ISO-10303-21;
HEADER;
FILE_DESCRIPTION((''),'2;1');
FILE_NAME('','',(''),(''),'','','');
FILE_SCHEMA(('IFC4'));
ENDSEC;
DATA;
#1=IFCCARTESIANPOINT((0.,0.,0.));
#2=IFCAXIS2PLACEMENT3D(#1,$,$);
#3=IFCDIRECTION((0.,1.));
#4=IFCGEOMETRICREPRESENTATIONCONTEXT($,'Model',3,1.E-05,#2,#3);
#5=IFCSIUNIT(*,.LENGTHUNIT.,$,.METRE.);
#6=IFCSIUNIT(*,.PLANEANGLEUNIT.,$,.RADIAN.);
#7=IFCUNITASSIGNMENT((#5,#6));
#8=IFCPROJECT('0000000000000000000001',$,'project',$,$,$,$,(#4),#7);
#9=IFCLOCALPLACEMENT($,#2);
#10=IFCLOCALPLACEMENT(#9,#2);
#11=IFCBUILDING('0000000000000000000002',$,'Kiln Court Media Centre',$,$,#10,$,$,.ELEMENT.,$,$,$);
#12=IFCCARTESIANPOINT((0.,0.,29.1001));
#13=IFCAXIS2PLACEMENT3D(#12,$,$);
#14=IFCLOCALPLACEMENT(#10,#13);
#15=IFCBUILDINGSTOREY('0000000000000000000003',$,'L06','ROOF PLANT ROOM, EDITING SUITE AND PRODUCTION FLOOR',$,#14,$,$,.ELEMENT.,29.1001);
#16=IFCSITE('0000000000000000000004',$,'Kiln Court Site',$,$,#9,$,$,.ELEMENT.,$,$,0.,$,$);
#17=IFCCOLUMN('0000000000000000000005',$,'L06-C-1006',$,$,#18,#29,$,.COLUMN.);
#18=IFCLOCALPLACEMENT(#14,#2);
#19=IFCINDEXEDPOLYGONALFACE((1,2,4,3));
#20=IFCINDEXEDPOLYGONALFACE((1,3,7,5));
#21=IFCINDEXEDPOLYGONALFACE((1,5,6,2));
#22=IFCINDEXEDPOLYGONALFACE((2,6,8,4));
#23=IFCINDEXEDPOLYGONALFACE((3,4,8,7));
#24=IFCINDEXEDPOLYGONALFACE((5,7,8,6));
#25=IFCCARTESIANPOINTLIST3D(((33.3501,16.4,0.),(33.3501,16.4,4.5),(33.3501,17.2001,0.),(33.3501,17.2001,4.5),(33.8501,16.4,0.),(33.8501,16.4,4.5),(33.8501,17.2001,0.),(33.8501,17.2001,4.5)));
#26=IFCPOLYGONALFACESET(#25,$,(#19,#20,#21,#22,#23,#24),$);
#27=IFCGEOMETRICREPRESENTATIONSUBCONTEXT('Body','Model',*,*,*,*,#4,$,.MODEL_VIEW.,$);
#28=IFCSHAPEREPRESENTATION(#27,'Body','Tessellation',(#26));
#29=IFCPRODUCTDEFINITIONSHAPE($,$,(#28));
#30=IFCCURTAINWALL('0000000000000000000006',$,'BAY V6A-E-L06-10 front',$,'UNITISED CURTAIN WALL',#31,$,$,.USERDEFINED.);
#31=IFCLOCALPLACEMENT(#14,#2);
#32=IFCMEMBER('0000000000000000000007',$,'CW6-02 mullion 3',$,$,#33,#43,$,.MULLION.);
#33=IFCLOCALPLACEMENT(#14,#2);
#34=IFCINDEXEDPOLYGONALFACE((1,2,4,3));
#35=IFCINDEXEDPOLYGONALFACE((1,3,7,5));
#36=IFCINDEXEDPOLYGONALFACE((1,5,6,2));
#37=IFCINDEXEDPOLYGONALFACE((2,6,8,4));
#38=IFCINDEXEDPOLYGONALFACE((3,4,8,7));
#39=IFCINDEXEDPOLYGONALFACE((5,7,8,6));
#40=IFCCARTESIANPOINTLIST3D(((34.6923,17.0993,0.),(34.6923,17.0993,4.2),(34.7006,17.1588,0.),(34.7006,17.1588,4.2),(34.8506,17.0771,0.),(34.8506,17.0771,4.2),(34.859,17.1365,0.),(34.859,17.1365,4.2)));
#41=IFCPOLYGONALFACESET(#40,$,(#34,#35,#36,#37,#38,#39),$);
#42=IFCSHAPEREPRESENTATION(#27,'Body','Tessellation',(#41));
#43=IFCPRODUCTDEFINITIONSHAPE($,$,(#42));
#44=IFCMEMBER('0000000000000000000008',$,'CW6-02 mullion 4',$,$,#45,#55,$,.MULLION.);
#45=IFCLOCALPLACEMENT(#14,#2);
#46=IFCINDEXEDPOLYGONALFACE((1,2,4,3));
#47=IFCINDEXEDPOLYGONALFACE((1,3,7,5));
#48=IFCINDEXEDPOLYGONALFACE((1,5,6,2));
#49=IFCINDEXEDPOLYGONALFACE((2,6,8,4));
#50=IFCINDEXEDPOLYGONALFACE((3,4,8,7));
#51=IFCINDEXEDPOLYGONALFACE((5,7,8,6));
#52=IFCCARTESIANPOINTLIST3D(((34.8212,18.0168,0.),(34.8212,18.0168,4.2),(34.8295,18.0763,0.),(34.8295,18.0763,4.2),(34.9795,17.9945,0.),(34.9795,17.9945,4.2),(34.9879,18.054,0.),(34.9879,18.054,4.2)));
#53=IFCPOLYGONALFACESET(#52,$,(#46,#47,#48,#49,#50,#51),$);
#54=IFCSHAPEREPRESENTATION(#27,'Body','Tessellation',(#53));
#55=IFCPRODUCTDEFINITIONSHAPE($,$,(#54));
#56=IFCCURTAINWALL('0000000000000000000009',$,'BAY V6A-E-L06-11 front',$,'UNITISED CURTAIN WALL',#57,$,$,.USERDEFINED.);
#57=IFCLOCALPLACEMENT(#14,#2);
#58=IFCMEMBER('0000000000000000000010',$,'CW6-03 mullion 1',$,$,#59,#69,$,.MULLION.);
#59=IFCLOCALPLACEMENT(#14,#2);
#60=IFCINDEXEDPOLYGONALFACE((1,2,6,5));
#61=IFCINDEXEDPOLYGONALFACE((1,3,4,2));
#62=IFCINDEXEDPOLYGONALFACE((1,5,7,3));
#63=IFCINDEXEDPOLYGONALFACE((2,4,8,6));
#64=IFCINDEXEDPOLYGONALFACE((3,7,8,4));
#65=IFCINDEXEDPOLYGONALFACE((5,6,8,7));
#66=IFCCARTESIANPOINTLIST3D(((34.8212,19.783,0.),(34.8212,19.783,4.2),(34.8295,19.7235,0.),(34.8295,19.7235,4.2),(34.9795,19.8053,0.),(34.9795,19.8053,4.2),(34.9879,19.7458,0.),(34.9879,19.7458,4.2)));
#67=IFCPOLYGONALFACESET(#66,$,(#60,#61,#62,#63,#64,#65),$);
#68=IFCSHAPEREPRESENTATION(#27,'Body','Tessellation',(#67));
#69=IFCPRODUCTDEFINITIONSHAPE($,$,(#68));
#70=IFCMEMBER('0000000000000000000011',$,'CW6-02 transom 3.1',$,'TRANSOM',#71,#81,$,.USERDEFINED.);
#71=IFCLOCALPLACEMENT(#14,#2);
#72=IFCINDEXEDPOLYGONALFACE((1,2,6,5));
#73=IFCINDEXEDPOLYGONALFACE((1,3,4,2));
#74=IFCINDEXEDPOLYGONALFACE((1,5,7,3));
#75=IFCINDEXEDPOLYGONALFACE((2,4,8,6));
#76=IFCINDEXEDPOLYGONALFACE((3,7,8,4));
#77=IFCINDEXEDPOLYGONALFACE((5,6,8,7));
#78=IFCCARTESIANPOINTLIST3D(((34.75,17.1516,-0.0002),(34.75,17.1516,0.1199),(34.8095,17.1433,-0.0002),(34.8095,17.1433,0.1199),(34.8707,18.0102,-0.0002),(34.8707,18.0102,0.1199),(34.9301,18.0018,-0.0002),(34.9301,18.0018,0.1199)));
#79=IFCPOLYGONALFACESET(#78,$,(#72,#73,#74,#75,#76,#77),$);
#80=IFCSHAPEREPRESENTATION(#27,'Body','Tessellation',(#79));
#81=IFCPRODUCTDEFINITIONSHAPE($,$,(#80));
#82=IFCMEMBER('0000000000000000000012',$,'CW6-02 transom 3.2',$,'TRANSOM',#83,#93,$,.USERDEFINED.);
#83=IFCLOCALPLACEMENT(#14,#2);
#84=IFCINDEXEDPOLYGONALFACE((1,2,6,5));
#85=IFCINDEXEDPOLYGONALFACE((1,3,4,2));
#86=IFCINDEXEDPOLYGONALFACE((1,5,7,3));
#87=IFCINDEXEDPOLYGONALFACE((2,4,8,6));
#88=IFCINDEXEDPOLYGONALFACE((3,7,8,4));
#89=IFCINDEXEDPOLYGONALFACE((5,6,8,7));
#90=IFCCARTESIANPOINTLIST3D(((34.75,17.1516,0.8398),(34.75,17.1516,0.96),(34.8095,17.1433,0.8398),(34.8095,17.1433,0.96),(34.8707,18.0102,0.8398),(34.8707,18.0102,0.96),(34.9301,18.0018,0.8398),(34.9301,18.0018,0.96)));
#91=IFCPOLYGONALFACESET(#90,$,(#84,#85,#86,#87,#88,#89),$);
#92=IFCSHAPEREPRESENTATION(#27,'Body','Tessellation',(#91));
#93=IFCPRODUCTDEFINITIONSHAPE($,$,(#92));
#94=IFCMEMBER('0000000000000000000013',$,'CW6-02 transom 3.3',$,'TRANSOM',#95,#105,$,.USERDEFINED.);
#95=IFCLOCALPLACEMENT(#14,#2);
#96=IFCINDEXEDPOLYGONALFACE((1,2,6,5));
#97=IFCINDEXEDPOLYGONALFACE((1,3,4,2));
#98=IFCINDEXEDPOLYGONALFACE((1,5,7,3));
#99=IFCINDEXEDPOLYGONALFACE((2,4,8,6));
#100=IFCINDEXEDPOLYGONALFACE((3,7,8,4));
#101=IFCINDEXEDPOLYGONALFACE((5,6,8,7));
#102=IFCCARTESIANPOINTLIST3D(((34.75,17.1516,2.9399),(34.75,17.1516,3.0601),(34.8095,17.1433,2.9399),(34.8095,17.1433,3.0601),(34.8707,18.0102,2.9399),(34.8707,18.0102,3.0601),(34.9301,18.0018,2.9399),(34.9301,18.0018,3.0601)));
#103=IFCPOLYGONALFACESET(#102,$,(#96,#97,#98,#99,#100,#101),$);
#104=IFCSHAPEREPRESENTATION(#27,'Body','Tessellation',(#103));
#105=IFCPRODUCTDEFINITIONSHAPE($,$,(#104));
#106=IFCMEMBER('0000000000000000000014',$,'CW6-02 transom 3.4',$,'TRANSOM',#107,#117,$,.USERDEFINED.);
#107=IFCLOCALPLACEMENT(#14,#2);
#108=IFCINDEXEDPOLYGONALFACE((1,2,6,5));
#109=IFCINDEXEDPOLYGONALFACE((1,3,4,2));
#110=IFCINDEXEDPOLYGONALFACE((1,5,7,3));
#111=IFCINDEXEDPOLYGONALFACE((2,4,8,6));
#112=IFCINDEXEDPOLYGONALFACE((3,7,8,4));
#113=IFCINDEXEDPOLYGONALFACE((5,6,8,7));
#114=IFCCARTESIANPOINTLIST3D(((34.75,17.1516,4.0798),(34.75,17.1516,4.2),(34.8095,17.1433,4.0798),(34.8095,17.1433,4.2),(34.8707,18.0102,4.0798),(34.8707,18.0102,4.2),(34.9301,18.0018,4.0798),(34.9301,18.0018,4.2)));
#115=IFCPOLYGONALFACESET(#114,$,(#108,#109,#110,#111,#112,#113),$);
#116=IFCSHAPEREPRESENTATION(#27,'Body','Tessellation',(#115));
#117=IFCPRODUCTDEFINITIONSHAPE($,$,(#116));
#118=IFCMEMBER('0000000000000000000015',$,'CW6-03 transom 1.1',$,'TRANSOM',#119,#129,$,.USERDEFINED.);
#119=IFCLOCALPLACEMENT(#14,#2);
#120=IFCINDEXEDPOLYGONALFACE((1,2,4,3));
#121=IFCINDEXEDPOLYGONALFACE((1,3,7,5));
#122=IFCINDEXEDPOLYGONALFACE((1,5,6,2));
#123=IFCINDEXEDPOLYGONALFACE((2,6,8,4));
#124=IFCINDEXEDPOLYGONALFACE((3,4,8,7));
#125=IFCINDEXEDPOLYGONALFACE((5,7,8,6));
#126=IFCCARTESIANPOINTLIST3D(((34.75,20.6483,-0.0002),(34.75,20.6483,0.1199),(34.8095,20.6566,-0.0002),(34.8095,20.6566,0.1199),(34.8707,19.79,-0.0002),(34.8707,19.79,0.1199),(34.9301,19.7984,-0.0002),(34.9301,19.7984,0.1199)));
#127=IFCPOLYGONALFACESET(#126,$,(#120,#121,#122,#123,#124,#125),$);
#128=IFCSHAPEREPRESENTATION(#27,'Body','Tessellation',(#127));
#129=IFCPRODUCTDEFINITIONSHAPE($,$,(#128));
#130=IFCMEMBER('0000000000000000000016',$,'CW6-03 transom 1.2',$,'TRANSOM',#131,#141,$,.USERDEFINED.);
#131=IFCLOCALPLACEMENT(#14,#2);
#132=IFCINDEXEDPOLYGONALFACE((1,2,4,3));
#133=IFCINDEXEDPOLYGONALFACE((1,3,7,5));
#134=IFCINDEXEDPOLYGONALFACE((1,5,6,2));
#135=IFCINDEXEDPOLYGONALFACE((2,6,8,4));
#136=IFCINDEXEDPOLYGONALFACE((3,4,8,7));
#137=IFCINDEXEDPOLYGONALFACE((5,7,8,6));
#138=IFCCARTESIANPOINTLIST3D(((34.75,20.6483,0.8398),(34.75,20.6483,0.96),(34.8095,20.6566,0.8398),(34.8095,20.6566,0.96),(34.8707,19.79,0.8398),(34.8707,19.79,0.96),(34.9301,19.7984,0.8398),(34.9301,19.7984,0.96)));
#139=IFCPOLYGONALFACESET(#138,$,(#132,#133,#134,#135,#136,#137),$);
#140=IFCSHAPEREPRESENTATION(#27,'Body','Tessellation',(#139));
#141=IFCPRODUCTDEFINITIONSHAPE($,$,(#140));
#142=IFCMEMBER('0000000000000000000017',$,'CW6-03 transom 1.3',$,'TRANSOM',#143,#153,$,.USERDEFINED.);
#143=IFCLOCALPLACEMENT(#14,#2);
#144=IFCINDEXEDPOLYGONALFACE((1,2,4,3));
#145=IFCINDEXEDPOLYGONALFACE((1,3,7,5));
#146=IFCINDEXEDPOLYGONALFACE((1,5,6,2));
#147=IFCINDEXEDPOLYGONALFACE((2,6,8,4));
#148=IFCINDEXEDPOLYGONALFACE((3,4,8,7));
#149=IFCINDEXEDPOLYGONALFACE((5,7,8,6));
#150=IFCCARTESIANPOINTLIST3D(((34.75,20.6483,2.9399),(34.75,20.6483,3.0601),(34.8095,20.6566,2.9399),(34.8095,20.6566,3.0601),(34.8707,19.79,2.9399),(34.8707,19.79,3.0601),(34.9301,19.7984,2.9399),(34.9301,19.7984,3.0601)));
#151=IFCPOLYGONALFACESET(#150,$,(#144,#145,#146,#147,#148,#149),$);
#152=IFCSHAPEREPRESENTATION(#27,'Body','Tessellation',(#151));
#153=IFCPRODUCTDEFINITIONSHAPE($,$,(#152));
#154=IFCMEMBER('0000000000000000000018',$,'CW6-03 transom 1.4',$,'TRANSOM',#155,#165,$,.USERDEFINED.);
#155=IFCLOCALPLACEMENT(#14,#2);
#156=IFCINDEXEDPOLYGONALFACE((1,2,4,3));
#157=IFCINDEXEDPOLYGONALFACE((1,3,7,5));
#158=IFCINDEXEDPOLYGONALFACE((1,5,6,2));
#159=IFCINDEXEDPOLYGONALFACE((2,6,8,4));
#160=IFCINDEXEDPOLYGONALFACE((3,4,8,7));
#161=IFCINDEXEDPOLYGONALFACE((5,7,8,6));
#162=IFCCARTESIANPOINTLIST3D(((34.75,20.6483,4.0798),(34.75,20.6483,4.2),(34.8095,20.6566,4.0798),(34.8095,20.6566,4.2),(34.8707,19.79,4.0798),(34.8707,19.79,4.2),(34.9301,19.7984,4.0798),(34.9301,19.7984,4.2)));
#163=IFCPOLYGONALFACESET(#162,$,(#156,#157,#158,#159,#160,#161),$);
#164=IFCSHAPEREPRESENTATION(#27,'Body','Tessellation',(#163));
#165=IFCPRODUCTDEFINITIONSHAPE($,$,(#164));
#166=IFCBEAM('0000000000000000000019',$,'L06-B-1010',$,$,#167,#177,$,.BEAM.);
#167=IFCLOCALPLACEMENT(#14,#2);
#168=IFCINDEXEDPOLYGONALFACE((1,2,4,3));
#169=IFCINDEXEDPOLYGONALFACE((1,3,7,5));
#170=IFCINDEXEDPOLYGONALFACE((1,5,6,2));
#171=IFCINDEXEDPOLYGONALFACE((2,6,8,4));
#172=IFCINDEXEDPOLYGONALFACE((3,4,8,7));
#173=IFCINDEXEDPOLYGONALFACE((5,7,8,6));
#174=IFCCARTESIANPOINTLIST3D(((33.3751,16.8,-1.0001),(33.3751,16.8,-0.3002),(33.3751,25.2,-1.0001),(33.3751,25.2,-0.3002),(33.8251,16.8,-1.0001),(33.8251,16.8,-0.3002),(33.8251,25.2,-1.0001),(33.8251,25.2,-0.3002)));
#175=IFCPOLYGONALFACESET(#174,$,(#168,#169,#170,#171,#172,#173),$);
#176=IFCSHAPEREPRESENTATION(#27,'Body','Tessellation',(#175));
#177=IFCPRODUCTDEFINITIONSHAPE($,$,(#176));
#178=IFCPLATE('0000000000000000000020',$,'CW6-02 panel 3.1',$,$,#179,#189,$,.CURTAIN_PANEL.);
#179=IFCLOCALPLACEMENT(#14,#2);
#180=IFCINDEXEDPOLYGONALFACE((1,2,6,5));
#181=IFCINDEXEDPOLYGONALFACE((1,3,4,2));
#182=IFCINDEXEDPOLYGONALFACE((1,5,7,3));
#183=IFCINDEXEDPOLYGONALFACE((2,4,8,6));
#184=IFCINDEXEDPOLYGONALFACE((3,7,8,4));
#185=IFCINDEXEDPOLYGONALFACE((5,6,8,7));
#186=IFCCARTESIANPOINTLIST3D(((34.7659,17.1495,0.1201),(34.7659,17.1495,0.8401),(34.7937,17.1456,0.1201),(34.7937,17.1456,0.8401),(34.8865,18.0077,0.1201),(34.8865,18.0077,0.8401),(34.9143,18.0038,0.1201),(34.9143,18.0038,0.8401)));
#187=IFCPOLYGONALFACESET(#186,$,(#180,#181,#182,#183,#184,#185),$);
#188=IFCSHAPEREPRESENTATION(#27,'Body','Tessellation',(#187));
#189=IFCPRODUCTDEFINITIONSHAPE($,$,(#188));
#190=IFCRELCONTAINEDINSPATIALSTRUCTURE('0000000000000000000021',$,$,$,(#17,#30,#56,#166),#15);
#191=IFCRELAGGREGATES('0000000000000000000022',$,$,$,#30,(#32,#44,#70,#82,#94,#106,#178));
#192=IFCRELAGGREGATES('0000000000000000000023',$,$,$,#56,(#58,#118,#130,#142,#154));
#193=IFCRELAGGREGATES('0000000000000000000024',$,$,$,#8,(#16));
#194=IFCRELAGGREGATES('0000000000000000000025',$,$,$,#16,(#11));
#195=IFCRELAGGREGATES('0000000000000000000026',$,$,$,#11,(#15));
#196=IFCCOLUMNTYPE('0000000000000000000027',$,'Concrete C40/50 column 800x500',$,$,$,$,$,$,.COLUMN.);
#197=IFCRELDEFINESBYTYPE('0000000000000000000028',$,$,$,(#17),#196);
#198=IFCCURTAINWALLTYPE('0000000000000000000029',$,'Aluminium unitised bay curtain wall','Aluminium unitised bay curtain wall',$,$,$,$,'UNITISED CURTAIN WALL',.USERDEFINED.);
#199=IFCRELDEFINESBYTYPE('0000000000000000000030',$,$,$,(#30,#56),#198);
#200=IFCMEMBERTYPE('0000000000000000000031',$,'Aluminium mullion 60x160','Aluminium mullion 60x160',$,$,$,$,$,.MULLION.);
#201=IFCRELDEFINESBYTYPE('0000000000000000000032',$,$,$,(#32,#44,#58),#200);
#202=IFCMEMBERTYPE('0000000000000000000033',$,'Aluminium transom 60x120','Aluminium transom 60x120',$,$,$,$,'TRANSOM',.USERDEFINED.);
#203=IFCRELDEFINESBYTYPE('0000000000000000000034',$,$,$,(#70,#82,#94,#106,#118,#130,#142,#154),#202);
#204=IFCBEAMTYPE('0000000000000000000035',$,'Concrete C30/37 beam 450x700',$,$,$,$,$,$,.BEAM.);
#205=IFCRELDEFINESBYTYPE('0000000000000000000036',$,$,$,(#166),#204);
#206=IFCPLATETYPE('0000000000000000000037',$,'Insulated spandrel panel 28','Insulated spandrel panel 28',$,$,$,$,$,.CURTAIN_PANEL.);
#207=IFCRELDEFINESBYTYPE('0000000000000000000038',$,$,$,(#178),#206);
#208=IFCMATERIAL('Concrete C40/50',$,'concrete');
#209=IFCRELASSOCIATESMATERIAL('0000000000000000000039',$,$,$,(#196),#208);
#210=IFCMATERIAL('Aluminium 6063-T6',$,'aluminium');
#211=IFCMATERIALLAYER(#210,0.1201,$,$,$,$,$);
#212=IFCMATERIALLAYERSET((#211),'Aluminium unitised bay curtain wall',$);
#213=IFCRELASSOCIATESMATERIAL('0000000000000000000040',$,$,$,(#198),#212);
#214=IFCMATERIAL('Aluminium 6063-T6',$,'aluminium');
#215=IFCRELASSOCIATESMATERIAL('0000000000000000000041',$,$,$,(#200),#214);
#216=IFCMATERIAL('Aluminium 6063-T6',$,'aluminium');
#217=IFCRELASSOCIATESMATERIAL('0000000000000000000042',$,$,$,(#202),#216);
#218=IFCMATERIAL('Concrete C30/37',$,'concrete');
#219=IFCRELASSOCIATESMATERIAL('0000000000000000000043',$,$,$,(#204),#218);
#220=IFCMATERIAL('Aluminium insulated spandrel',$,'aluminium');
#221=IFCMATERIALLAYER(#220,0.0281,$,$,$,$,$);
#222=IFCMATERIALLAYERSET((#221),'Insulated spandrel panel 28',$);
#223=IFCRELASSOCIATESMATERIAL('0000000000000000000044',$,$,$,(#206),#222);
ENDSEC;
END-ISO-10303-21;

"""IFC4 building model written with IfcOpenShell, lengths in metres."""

from ifc_helpers import new_model, si_unit, direction, frame, origin, origin_2d, place, context, subcontext, project, spatial, rectangle, extrude, material, layer, layer_set, material_profile, profile_set, type_object, element, aggregate, save


model = new_model("IFC4")

# Units and contexts
model_context = context("Model", 3, precision=1e-05, world=origin(), true_north=direction((0.0, 1.0)))
body_context = subcontext(model_context, "Body", "Model", "MODEL_VIEW")
ifc_project = project(units=[si_unit("LENGTHUNIT", "METRE"), si_unit("PLANEANGLEUNIT", "RADIAN")], contexts=[model_context])

# Site, building, storey
site_placement = place(None, origin())
site = spatial("IfcSite", under=ifc_project, at=site_placement, Name="Kiln Court Site", CompositionType="ELEMENT", RefElevation=0.0)
building_placement = place(site_placement, origin())
building = spatial("IfcBuilding", under=site, at=building_placement, Name="Kiln Court Media Centre", CompositionType="ELEMENT")
storey_placement = place(building_placement, frame((0.0, 0.0, 29.1001)))
storey = spatial("IfcBuildingStorey", under=building, at=storey_placement, Name="L06", Description="ROOF PLANT ROOM, EDITING SUITE AND PRODUCTION FLOOR", CompositionType="ELEMENT", Elevation=29.1001)

# Column
ifc_material_1 = material(Name="Concrete C40/50", Category="concrete")
ifc_material_profile_1 = material_profile(ifc_material_1, rectangle(XDim=0.8, YDim=0.5, at=origin_2d()), Name="RC 800x500")
ifc_profile_set_1 = profile_set([ifc_material_profile_1], Name="Concrete C40/50")
column_type = type_object("IfcColumnType", Name="Concrete C40/50 column 800x500", PredefinedType="COLUMN", material=ifc_profile_set_1)
column_placement = place(storey_placement, frame((33.6001, 16.8, 0.0), z_axis=(0.0, 0.0, 1.0), x_axis=(0.0, 1.0, 0.0)))
element("IfcColumn", 1, at=column_placement, inside=storey, type_object=column_type, Name="L06-C-1006", PredefinedType="COLUMN", context=body_context, shape_type="SweptSolid", body=[
    extrude(rectangle(XDim=0.8, YDim=0.5, at=origin_2d()), origin(), (0.0, 0.0, 1.0), 4.5),
])

# Curtain wall, members
ifc_material_2 = material(Name="Aluminium 6063-T6", Category="aluminium")
ifc_layer_1 = layer(ifc_material_2, 0.1201)
ifc_layer_set_1 = layer_set([ifc_layer_1], Name="Aluminium unitised bay curtain wall")
curtain_wall_type = type_object("IfcCurtainWallType", Name="Aluminium unitised bay curtain wall", Description="Aluminium unitised bay curtain wall", ElementType="UNITISED CURTAIN WALL", PredefinedType="USERDEFINED", material=ifc_layer_set_1)
curtain_wall_1_placement = place(storey_placement, origin())
curtain_wall_1 = element("IfcCurtainWall", 2, at=curtain_wall_1_placement, inside=storey, type_object=curtain_wall_type, Name="BAY V6A-E-L06-10 front", ObjectType="UNITISED CURTAIN WALL", PredefinedType="USERDEFINED")
ifc_material_3 = material(Name="Aluminium 6063-T6", Category="aluminium")
ifc_material_profile_2 = material_profile(ifc_material_3, rectangle(XDim=0.0601, YDim=0.1599, at=origin_2d()), Name="Aluminium mullion 60x160")
ifc_profile_set_2 = profile_set([ifc_material_profile_2], Name="Aluminium 6063-T6")
member_type_1 = type_object("IfcMemberType", Name="Aluminium mullion 60x160", Description="Aluminium mullion 60x160", PredefinedType="MULLION", material=ifc_profile_set_2)
member_1_placement = place(storey_placement, frame((34.7756, 17.1179, 0.0), z_axis=(0.0, 0.0, 1.0), x_axis=(0.139162, 0.99027, 0.0)))
member_1 = element("IfcMember", 3, at=member_1_placement, type_object=member_type_1, Name="CW6-02 mullion 3", PredefinedType="MULLION", context=body_context, shape_type="SweptSolid", body=[
    extrude(rectangle(XDim=0.0601, YDim=0.1599, at=origin_2d()), origin(), (0.0, 0.0, 1.0), 4.2),
])
member_2_placement = place(storey_placement, frame((34.9045, 18.0354, 0.0), z_axis=(0.0, 0.0, 1.0), x_axis=(0.139162, 0.99027, 0.0)))
member_2 = element("IfcMember", 4, at=member_2_placement, type_object=member_type_1, Name="CW6-02 mullion 4", PredefinedType="MULLION", context=body_context, shape_type="SweptSolid", body=[
    extrude(rectangle(XDim=0.0601, YDim=0.1599, at=origin_2d()), origin(), (0.0, 0.0, 1.0), 4.2),
])

# Curtain wall, member
curtain_wall_2_placement = place(storey_placement, origin())
curtain_wall_2 = element("IfcCurtainWall", 5, at=curtain_wall_2_placement, inside=storey, type_object=curtain_wall_type, Name="BAY V6A-E-L06-11 front", ObjectType="UNITISED CURTAIN WALL", PredefinedType="USERDEFINED")
member_3_placement = place(storey_placement, frame((34.9045, 19.7644, 0.0), z_axis=(0.0, 0.0, 1.0), x_axis=(-0.139162, 0.99027, 0.0)))
member_3 = element("IfcMember", 6, at=member_3_placement, type_object=member_type_1, Name="CW6-03 mullion 1", PredefinedType="MULLION", context=body_context, shape_type="SweptSolid", body=[
    extrude(rectangle(XDim=0.0601, YDim=0.1599, at=origin_2d()), origin(), (0.0, 0.0, 1.0), 4.2),
])

# Members
ifc_material_4 = material(Name="Aluminium 6063-T6", Category="aluminium")
ifc_material_profile_3 = material_profile(ifc_material_4, rectangle(XDim=0.0601, YDim=0.1201, at=origin_2d()), Name="Aluminium transom 60x120")
ifc_profile_set_3 = profile_set([ifc_material_profile_3], Name="Aluminium 6063-T6")
member_type_2 = type_object("IfcMemberType", Name="Aluminium transom 60x120", Description="Aluminium transom 60x120", ElementType="TRANSOM", PredefinedType="USERDEFINED", material=ifc_profile_set_3)
member_4_placement = place(storey_placement, frame((34.7798, 17.1475, 0.0598), z_axis=(0.139134, 0.990274, 0.0), x_axis=(-0.990274, 0.139134, 0.0)))
member_4 = element("IfcMember", 7, at=member_4_placement, type_object=member_type_2, Name="CW6-02 transom 3.1", ObjectType="TRANSOM", PredefinedType="USERDEFINED", context=body_context, shape_type="SweptSolid", body=[
    extrude(rectangle(XDim=0.0601, YDim=0.1201, at=origin_2d()), origin(), (0.0, 0.0, 1.0), 0.8669),
])
member_5_placement = place(storey_placement, frame((34.7798, 17.1475, 0.8999), z_axis=(0.139134, 0.990274, 0.0), x_axis=(-0.990274, 0.139134, 0.0)))
member_5 = element("IfcMember", 8, at=member_5_placement, type_object=member_type_2, Name="CW6-02 transom 3.2", ObjectType="TRANSOM", PredefinedType="USERDEFINED", context=body_context, shape_type="SweptSolid", body=[
    extrude(rectangle(XDim=0.0601, YDim=0.1201, at=origin_2d()), origin(), (0.0, 0.0, 1.0), 0.8669),
])
member_6_placement = place(storey_placement, frame((34.7798, 17.1475, 3.0), z_axis=(0.139134, 0.990274, 0.0), x_axis=(-0.990274, 0.139134, 0.0)))
member_6 = element("IfcMember", 9, at=member_6_placement, type_object=member_type_2, Name="CW6-02 transom 3.3", ObjectType="TRANSOM", PredefinedType="USERDEFINED", context=body_context, shape_type="SweptSolid", body=[
    extrude(rectangle(XDim=0.0601, YDim=0.1201, at=origin_2d()), origin(), (0.0, 0.0, 1.0), 0.8669),
])
member_7_placement = place(storey_placement, frame((34.7798, 17.1475, 4.1399), z_axis=(0.139134, 0.990274, 0.0), x_axis=(-0.990274, 0.139134, 0.0)))
member_7 = element("IfcMember", 10, at=member_7_placement, type_object=member_type_2, Name="CW6-02 transom 3.4", ObjectType="TRANSOM", PredefinedType="USERDEFINED", context=body_context, shape_type="SweptSolid", body=[
    extrude(rectangle(XDim=0.0601, YDim=0.1201, at=origin_2d()), origin(), (0.0, 0.0, 1.0), 0.8669),
])
member_8_placement = place(storey_placement, frame((34.9004, 19.7942, 0.0598), z_axis=(-0.139173, 0.990268, 0.0), x_axis=(-0.990268, -0.139173, 0.0)))
member_8 = element("IfcMember", 11, at=member_8_placement, type_object=member_type_2, Name="CW6-03 transom 1.1", ObjectType="TRANSOM", PredefinedType="USERDEFINED", context=body_context, shape_type="SweptSolid", body=[
    extrude(rectangle(XDim=0.0601, YDim=0.1201, at=origin_2d()), origin(), (0.0, 0.0, 1.0), 0.8667),
])
member_9_placement = place(storey_placement, frame((34.9004, 19.7942, 0.8999), z_axis=(-0.139173, 0.990268, 0.0), x_axis=(-0.990268, -0.139173, 0.0)))
member_9 = element("IfcMember", 12, at=member_9_placement, type_object=member_type_2, Name="CW6-03 transom 1.2", ObjectType="TRANSOM", PredefinedType="USERDEFINED", context=body_context, shape_type="SweptSolid", body=[
    extrude(rectangle(XDim=0.0601, YDim=0.1201, at=origin_2d()), origin(), (0.0, 0.0, 1.0), 0.8667),
])
member_10_placement = place(storey_placement, frame((34.9004, 19.7942, 3.0), z_axis=(-0.139173, 0.990268, 0.0), x_axis=(-0.990268, -0.139173, 0.0)))
member_10 = element("IfcMember", 13, at=member_10_placement, type_object=member_type_2, Name="CW6-03 transom 1.3", ObjectType="TRANSOM", PredefinedType="USERDEFINED", context=body_context, shape_type="SweptSolid", body=[
    extrude(rectangle(XDim=0.0601, YDim=0.1201, at=origin_2d()), origin(), (0.0, 0.0, 1.0), 0.8667),
])
member_11_placement = place(storey_placement, frame((34.9004, 19.7942, 4.1399), z_axis=(-0.139173, 0.990268, 0.0), x_axis=(-0.990268, -0.139173, 0.0)))
member_11 = element("IfcMember", 14, at=member_11_placement, type_object=member_type_2, Name="CW6-03 transom 1.4", ObjectType="TRANSOM", PredefinedType="USERDEFINED", context=body_context, shape_type="SweptSolid", body=[
    extrude(rectangle(XDim=0.0601, YDim=0.1201, at=origin_2d()), origin(), (0.0, 0.0, 1.0), 0.8667),
])

# Beam
ifc_material_5 = material(Name="Concrete C30/37", Category="concrete")
ifc_material_profile_4 = material_profile(ifc_material_5, rectangle(XDim=0.45, YDim=0.7, at=origin_2d()), Name="RC 450x700")
ifc_profile_set_4 = profile_set([ifc_material_profile_4], Name="Concrete C30/37")
beam_type = type_object("IfcBeamType", Name="Concrete C30/37 beam 450x700", PredefinedType="BEAM", material=ifc_profile_set_4)
beam_placement = place(storey_placement, frame((33.6001, 16.8, -0.6501), z_axis=(0.0, 1.0, 0.0), x_axis=(-1.0, 0.0, 0.0)))
element("IfcBeam", 15, at=beam_placement, inside=storey, type_object=beam_type, Name="L06-B-1010", PredefinedType="BEAM", context=body_context, shape_type="SweptSolid", body=[
    extrude(rectangle(XDim=0.45, YDim=0.7, at=origin_2d()), origin(), (0.0, 0.0, 1.0), 8.3999),
])

# Plate
ifc_material_6 = material(Name="Aluminium insulated spandrel", Category="aluminium")
ifc_layer_2 = layer(ifc_material_6, 0.0281)
ifc_layer_set_2 = layer_set([ifc_layer_2], Name="Insulated spandrel panel 28")
plate_type_1 = type_object("IfcPlateType", Name="Insulated spandrel panel 28", Description="Insulated spandrel panel 28", PredefinedType="CURTAIN_PANEL", material=ifc_layer_set_2)
plate_1_placement = place(storey_placement, frame((34.8401, 17.5767, 0.1201), z_axis=(0.0, 0.0, 1.0), x_axis=(0.139162, 0.99027, 0.0)))
plate_1 = element("IfcPlate", 16, at=plate_1_placement, type_object=plate_type_1, Name="CW6-02 panel 3.1", PredefinedType="CURTAIN_PANEL", context=body_context, shape_type="SweptSolid", body=[
    extrude(rectangle(XDim=0.8667, YDim=0.0281, at=origin_2d()), origin(), (0.0, 0.0, 1.0), 0.72),
])
aggregate(curtain_wall_1, [member_1, member_2, member_4, member_5, member_6, member_7, plate_1])
aggregate(curtain_wall_2, [member_3, member_8, member_9, member_10, member_11])

save(model, "model.ifc")
